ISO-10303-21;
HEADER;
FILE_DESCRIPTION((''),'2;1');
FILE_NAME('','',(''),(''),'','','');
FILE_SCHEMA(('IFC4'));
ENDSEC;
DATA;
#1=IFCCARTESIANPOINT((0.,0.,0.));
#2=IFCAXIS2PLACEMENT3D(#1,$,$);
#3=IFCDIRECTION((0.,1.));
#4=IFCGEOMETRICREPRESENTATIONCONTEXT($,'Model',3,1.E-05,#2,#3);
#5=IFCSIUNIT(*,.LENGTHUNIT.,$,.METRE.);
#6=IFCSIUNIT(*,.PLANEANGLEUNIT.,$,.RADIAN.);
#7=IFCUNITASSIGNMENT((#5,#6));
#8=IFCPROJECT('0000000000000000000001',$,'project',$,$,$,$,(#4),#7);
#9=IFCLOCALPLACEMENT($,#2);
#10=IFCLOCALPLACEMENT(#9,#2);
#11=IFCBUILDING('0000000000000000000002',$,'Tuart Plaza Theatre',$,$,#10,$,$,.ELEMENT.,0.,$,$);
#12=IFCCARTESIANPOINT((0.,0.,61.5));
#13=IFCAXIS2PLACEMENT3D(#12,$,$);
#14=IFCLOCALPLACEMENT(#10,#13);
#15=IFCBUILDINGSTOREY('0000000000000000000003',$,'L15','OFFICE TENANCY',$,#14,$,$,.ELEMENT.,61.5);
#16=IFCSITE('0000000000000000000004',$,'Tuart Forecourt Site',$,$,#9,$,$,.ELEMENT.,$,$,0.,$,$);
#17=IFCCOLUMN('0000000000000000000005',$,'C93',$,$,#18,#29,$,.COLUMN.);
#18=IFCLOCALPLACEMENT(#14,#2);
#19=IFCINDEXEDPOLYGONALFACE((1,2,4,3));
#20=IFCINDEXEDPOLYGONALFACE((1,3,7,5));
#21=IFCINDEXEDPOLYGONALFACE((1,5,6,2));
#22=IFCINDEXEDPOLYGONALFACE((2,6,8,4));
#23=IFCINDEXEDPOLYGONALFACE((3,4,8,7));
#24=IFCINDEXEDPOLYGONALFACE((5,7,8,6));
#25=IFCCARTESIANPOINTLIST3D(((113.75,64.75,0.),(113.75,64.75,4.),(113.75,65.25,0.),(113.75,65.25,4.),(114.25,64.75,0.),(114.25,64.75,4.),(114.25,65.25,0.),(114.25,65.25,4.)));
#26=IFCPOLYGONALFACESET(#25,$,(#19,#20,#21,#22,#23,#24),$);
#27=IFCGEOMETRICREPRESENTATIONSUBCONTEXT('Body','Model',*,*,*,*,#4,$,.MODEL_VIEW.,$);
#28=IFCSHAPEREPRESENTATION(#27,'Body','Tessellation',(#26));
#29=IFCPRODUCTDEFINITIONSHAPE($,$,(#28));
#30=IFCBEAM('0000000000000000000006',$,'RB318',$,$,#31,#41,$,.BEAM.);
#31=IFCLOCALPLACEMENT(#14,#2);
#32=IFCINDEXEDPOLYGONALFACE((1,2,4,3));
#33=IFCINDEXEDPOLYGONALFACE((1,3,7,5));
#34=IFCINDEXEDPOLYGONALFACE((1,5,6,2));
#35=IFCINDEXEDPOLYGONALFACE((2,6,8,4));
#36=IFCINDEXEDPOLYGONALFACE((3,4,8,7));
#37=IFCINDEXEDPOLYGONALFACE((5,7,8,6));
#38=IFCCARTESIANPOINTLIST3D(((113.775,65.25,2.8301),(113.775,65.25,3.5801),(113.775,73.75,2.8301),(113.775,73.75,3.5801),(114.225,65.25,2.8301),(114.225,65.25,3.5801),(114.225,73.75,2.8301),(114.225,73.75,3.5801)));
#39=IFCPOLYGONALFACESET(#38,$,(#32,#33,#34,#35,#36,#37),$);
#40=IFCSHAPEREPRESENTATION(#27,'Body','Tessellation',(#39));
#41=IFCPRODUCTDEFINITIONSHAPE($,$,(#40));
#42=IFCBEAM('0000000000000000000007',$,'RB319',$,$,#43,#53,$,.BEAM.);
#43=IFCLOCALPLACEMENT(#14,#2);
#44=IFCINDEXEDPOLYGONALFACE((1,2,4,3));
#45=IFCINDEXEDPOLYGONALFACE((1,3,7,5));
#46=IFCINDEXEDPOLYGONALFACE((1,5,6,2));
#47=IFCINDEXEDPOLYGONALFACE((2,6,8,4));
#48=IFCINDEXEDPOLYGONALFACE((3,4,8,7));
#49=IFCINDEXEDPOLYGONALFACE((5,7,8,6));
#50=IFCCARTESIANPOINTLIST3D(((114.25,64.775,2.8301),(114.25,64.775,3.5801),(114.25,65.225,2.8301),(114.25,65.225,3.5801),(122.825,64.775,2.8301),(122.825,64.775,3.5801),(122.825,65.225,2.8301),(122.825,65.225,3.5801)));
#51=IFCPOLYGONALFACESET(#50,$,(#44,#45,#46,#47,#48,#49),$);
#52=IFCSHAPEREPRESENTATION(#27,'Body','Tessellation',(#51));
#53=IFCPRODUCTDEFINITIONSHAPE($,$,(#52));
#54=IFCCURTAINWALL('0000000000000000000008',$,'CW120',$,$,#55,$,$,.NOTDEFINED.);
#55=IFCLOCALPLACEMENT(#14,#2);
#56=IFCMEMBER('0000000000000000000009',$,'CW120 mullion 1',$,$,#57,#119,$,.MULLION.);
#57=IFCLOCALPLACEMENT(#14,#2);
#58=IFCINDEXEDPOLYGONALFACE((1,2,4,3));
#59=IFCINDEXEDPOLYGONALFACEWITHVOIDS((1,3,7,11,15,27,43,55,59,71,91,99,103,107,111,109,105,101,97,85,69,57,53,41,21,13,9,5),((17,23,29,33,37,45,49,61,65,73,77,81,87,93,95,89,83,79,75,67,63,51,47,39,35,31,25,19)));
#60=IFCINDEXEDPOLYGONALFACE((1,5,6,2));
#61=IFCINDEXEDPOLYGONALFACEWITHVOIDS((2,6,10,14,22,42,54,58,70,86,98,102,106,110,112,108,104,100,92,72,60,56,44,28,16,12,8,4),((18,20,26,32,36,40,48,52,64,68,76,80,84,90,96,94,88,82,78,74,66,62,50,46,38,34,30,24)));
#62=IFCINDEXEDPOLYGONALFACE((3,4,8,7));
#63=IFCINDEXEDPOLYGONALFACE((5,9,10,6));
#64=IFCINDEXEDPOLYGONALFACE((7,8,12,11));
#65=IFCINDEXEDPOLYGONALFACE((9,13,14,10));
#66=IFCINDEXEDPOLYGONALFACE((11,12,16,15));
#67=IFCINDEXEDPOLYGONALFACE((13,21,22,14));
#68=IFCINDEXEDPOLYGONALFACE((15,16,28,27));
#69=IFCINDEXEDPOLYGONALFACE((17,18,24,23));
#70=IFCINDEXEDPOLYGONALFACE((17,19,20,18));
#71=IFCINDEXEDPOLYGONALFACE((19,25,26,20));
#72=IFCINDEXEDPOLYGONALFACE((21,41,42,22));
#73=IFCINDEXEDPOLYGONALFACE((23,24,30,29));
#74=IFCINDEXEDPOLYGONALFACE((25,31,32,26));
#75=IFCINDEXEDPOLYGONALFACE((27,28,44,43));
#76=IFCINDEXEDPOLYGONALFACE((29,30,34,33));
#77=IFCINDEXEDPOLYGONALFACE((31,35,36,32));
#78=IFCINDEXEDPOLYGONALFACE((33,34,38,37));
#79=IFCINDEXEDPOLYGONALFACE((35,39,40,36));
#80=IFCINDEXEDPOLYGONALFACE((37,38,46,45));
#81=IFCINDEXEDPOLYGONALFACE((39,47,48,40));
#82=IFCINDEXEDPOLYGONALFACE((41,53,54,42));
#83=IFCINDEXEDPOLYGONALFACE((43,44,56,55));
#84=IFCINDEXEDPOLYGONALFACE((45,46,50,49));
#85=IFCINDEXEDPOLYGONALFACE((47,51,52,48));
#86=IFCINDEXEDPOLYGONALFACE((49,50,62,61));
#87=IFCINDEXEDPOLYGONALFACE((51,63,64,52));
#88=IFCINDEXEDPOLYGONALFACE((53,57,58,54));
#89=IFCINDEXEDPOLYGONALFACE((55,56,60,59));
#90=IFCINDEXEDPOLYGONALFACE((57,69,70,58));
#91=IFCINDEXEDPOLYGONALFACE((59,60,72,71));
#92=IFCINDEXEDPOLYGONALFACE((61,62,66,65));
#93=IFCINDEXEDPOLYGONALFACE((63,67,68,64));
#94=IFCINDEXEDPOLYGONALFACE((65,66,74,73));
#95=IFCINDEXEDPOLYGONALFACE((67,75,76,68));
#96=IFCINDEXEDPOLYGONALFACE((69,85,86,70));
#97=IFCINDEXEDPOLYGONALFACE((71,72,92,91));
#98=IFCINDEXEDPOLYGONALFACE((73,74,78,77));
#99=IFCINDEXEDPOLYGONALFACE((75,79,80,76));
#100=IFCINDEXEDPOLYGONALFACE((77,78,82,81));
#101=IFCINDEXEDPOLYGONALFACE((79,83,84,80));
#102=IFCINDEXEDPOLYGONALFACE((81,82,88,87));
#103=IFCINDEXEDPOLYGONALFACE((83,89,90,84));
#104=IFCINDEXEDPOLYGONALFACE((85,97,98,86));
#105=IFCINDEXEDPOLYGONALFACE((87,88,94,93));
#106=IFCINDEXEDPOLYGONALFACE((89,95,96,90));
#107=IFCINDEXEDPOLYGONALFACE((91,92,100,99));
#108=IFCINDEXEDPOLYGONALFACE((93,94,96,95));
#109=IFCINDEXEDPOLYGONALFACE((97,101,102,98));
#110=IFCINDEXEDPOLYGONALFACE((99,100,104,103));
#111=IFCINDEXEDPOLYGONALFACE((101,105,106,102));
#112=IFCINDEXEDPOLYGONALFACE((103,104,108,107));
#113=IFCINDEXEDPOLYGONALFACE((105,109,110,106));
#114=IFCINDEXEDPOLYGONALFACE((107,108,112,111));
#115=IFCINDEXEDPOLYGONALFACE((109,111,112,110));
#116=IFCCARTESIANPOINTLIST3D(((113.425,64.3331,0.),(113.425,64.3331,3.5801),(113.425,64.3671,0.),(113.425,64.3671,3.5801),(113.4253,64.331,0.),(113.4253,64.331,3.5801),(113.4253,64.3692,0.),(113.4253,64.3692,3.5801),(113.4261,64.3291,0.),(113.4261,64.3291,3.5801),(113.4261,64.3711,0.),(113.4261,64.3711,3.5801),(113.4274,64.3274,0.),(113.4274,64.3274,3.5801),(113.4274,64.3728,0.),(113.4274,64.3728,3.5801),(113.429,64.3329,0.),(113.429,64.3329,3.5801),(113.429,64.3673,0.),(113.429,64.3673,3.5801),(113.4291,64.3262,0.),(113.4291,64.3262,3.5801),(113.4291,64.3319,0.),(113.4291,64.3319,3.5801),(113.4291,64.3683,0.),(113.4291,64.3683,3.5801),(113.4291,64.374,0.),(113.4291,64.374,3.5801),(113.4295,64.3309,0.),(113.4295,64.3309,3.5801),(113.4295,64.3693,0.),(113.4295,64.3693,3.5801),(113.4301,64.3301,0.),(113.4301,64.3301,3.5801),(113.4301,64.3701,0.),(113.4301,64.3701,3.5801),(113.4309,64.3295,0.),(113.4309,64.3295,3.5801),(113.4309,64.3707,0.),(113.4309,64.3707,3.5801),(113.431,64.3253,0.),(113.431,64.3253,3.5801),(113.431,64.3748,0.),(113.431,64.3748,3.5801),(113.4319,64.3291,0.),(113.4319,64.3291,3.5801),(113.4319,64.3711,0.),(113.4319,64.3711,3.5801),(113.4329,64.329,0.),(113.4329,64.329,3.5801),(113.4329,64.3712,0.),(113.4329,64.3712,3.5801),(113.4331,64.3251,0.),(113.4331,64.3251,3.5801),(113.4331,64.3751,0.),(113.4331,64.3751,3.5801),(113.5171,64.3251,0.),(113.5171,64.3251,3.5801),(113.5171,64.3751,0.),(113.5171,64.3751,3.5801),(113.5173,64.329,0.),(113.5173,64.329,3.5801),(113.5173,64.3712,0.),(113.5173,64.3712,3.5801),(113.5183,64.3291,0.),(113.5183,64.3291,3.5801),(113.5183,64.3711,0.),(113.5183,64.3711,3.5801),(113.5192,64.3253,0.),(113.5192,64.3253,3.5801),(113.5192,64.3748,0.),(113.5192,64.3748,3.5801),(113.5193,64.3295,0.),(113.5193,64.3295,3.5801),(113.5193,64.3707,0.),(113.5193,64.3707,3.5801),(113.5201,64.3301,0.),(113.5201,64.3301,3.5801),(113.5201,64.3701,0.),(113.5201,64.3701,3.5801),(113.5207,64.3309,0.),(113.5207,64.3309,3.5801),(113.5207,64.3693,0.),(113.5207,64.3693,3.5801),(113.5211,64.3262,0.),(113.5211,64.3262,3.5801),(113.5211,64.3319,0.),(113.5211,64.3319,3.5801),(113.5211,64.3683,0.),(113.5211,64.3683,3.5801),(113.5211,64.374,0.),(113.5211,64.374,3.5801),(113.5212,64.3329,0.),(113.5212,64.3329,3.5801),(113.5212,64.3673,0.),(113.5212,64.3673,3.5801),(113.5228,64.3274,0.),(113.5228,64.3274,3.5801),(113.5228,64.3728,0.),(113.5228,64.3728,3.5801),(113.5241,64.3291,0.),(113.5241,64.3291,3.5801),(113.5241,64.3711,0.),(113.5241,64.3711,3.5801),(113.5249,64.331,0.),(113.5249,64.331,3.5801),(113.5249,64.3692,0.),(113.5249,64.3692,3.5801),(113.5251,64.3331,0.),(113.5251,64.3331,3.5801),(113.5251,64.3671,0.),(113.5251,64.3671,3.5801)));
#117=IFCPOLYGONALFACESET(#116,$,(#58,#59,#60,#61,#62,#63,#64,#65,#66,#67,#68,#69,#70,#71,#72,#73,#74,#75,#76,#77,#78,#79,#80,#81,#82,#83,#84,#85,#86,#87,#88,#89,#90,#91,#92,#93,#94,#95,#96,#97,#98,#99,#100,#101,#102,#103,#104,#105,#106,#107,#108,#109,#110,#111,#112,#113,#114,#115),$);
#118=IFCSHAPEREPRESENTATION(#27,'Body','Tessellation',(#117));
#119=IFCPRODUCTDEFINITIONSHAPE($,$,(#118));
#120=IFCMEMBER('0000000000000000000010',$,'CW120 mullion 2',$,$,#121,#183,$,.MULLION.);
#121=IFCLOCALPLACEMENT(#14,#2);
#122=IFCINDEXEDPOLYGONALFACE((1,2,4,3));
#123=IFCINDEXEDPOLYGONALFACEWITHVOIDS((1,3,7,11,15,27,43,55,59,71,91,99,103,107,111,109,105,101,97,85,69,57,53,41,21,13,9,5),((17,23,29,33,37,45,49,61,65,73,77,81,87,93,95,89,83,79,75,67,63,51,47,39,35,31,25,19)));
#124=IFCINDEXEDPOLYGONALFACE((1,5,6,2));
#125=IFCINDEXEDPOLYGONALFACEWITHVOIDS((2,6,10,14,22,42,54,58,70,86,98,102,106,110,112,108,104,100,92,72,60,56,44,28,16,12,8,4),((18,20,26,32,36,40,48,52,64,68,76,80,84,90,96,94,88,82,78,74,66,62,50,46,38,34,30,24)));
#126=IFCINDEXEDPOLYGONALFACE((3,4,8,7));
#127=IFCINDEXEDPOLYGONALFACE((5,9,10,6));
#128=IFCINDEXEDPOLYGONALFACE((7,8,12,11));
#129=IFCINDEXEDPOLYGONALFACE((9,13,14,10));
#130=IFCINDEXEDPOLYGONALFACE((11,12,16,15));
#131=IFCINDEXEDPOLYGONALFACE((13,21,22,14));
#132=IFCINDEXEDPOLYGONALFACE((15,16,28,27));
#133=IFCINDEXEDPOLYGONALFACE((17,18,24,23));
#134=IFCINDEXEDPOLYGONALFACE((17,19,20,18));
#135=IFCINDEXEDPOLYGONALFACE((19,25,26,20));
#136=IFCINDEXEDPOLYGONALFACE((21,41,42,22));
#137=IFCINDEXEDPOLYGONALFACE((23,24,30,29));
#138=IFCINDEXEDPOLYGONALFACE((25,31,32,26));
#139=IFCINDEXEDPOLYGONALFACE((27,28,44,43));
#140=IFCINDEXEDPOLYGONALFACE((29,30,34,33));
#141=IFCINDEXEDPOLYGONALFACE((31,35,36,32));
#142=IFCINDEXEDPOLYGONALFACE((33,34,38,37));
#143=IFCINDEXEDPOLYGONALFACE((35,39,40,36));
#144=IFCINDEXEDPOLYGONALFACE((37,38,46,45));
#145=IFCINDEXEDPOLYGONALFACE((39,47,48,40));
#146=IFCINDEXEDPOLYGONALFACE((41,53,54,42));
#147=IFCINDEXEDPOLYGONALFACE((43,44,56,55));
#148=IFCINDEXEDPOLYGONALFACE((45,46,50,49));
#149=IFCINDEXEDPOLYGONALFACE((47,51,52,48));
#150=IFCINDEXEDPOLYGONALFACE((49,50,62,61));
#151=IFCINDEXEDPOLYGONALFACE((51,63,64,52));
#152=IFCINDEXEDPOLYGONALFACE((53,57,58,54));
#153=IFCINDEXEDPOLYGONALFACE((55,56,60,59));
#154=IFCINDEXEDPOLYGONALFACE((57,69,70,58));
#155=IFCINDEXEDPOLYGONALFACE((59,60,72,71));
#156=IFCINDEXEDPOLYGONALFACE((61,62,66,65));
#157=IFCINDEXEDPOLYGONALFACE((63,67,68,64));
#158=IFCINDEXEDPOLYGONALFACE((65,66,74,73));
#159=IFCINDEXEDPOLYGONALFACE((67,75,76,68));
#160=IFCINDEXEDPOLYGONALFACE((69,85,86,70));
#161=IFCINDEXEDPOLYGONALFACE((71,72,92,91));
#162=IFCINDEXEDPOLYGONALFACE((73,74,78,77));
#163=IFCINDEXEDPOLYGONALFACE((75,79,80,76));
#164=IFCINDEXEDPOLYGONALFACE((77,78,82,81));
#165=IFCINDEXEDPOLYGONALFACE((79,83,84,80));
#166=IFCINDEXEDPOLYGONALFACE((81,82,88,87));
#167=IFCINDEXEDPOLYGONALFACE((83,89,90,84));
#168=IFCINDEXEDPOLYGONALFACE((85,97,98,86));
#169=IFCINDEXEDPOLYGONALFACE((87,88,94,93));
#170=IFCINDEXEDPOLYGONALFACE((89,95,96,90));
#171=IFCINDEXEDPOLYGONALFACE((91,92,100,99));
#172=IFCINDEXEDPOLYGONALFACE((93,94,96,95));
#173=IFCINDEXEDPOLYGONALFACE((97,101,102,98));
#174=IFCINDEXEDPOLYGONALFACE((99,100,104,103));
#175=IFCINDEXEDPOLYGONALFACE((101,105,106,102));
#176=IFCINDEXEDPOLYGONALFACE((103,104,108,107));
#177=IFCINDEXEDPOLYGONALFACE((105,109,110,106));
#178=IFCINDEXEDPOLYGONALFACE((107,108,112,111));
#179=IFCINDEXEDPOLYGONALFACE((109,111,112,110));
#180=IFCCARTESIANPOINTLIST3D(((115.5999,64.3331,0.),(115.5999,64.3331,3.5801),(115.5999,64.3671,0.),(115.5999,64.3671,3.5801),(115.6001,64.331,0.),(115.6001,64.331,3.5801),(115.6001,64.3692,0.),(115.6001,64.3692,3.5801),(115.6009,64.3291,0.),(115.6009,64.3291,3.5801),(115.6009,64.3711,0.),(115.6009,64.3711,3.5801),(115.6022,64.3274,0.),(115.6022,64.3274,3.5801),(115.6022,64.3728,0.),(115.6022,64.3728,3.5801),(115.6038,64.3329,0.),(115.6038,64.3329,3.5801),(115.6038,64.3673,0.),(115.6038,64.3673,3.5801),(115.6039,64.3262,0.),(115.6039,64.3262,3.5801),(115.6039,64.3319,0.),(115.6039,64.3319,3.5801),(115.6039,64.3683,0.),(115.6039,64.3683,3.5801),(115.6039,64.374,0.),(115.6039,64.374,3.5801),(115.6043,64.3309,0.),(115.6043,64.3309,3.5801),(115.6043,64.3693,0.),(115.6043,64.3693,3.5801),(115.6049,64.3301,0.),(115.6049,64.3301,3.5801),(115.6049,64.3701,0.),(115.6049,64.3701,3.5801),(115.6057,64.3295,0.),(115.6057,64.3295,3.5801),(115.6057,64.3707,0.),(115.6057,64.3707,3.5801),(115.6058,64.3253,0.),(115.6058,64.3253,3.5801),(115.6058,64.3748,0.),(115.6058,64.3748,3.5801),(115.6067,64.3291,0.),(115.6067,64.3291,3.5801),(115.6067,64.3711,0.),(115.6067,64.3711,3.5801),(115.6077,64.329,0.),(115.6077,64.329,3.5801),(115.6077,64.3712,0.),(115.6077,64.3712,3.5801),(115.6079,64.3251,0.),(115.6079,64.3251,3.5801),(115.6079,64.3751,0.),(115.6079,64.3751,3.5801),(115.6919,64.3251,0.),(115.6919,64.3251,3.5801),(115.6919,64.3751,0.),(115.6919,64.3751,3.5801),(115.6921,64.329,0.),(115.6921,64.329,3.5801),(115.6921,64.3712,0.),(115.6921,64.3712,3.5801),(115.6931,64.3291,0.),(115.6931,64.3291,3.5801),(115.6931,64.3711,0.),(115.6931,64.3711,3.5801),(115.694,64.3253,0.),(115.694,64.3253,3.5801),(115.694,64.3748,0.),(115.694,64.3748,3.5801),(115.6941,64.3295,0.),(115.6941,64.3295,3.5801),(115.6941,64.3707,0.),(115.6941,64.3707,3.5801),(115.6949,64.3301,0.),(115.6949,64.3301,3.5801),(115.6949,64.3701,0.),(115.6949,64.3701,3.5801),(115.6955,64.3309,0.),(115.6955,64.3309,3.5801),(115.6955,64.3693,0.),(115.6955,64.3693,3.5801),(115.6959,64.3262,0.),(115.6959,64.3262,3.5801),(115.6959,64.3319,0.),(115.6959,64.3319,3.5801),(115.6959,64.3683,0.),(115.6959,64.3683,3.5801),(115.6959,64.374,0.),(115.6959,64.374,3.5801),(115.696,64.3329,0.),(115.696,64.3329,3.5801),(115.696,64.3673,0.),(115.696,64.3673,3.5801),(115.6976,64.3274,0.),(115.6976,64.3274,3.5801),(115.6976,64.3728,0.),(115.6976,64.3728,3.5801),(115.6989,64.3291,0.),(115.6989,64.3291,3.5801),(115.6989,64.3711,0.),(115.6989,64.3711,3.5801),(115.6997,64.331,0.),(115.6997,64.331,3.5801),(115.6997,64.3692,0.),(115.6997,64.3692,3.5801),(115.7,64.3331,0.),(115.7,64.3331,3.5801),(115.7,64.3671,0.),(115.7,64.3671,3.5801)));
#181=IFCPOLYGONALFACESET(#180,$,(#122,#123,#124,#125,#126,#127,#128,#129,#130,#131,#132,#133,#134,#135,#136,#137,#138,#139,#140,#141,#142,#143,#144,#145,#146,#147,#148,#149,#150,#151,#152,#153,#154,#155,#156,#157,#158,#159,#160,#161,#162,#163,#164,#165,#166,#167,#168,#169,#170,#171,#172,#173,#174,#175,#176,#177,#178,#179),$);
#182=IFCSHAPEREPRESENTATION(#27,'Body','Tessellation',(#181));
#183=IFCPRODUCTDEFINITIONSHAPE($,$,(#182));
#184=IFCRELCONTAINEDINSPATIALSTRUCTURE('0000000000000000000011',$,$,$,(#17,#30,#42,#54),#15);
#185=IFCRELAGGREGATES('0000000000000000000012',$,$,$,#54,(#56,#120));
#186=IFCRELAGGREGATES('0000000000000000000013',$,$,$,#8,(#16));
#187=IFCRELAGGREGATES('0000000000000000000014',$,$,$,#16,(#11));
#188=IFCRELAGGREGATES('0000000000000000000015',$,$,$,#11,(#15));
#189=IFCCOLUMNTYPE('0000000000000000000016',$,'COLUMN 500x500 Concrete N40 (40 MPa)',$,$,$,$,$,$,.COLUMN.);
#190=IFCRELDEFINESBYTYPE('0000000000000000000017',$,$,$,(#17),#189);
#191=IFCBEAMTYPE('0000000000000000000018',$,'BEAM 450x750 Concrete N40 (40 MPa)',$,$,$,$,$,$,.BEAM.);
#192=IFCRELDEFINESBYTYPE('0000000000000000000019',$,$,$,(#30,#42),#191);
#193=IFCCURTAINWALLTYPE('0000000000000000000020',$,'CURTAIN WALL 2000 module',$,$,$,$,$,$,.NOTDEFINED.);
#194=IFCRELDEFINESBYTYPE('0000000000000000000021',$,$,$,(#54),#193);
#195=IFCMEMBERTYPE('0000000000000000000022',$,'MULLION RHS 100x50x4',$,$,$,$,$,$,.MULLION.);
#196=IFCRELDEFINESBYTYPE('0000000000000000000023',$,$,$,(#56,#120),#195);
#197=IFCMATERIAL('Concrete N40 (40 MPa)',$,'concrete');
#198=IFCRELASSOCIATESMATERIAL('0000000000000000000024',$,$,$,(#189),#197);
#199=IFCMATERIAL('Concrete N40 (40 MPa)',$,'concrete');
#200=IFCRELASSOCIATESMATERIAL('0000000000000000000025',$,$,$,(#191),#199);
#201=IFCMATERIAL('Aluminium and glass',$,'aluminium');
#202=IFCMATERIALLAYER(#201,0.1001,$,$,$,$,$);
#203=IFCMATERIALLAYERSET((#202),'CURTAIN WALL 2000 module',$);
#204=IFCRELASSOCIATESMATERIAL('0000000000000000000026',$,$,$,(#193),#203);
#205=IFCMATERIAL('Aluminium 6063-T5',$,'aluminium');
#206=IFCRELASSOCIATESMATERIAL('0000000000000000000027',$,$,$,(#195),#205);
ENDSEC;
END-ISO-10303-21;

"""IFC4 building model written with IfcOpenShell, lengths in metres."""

from ifc_helpers import new_model, si_unit, direction, frame, origin, origin_2d, place, context, subcontext, project, spatial, rectangle, hollow_rectangle, extrude, material, layer, layer_set, material_profile, profile_set, type_object, element, aggregate, save


model = new_model("IFC4")

# Units and contexts
model_context = context("Model", 3, precision=1e-05, world=origin(), true_north=direction((0.0, 1.0)))
body_context = subcontext(model_context, "Body", "Model", "MODEL_VIEW")
ifc_project = project(units=[si_unit("LENGTHUNIT", "METRE"), si_unit("PLANEANGLEUNIT", "RADIAN")], contexts=[model_context])

# Site, building, storey
site_placement = place(None, origin())
site = spatial("IfcSite", under=ifc_project, at=site_placement, Name="Tuart Forecourt Site", CompositionType="ELEMENT", RefElevation=0.0)
building_placement = place(site_placement, origin())
building = spatial("IfcBuilding", under=site, at=building_placement, Name="Tuart Plaza Theatre", CompositionType="ELEMENT", ElevationOfRefHeight=0.0)
storey_placement = place(building_placement, frame((0.0, 0.0, 61.5)))
storey = spatial("IfcBuildingStorey", under=building, at=storey_placement, Name="L15", Description="OFFICE TENANCY", CompositionType="ELEMENT", Elevation=61.5)

# Column
ifc_material_1 = material(Name="Concrete N40 (40 MPa)", Category="concrete")
ifc_material_profile_1 = material_profile(ifc_material_1, rectangle(XDim=0.5, YDim=0.5, at=origin_2d()), Name="COLUMN 500x500 Concrete N40 (40 MPa)")
ifc_profile_set_1 = profile_set([ifc_material_profile_1], Name="Concrete N40 (40 MPa)")
column_type = type_object("IfcColumnType", Name="COLUMN 500x500 Concrete N40 (40 MPa)", PredefinedType="COLUMN", material=ifc_profile_set_1)
column_placement = place(storey_placement, frame((114.0, 65.0, 0.0), z_axis=(0.0, 0.0, 1.0), x_axis=(1.0, 0.0, 0.0)))
element("IfcColumn", 1, at=column_placement, inside=storey, type_object=column_type, Name="C93", PredefinedType="COLUMN", context=body_context, shape_type="SweptSolid", body=[
    extrude(rectangle(XDim=0.5, YDim=0.5, at=origin_2d()), origin(), (0.0, 0.0, 1.0), 4.0),
])

# Beams
ifc_material_2 = material(Name="Concrete N40 (40 MPa)", Category="concrete")
ifc_material_profile_2 = material_profile(ifc_material_2, rectangle(XDim=0.45, YDim=0.75, at=origin_2d()), Name="BEAM 450x750 Concrete N40 (40 MPa)")
ifc_profile_set_2 = profile_set([ifc_material_profile_2], Name="Concrete N40 (40 MPa)")
beam_type = type_object("IfcBeamType", Name="BEAM 450x750 Concrete N40 (40 MPa)", PredefinedType="BEAM", material=ifc_profile_set_2)
beam_1_placement = place(storey_placement, frame((114.0, 65.25, 3.2051), z_axis=(0.0, 1.0, 0.0), x_axis=(-1.0, 0.0, 0.0)))
element("IfcBeam", 2, at=beam_1_placement, inside=storey, type_object=beam_type, Name="RB318", PredefinedType="BEAM", context=body_context, shape_type="SweptSolid", body=[
    extrude(rectangle(XDim=0.45, YDim=0.75, at=origin_2d()), origin(), (0.0, 0.0, 1.0), 8.5),
])
beam_2_placement = place(storey_placement, frame((114.25, 65.0, 3.2051), z_axis=(1.0, 0.0, 0.0), x_axis=(0.0, 1.0, 0.0)))
element("IfcBeam", 3, at=beam_2_placement, inside=storey, type_object=beam_type, Name="RB319", PredefinedType="BEAM", context=body_context, shape_type="SweptSolid", body=[
    extrude(rectangle(XDim=0.45, YDim=0.75, at=origin_2d()), origin(), (0.0, 0.0, 1.0), 8.575),
])

# Curtain wall, members
ifc_material_3 = material(Name="Aluminium and glass", Category="aluminium")
ifc_layer_1 = layer(ifc_material_3, 0.1001)
ifc_layer_set_1 = layer_set([ifc_layer_1], Name="CURTAIN WALL 2000 module")
curtain_wall_type_1 = type_object("IfcCurtainWallType", Name="CURTAIN WALL 2000 module", PredefinedType="NOTDEFINED", material=ifc_layer_set_1)
curtain_wall_1_placement = place(storey_placement, origin())
curtain_wall_1 = element("IfcCurtainWall", 4, at=curtain_wall_1_placement, inside=storey, type_object=curtain_wall_type_1, Name="CW120", PredefinedType="NOTDEFINED")
ifc_material_4 = material(Name="Aluminium 6063-T5", Category="aluminium")
ifc_material_profile_3 = material_profile(ifc_material_4, hollow_rectangle(XDim=0.05, YDim=0.1001, WallThickness=0.0039, InnerFilletRadius=0.0039, OuterFilletRadius=0.0081, at=origin_2d()), Name="RHS 100x50x4")
ifc_profile_set_3 = profile_set([ifc_material_profile_3], Name="Aluminium 6063-T5")
member_type_1 = type_object("IfcMemberType", Name="MULLION RHS 100x50x4", PredefinedType="MULLION", material=ifc_profile_set_3)
member_1_placement = place(storey_placement, frame((113.4751, 64.3501, 0.0), z_axis=(0.0, 0.0, 1.0), x_axis=(0.0, 1.0, 0.0)))
member_1 = element("IfcMember", 5, at=member_1_placement, type_object=member_type_1, Name="CW120 mullion 1", PredefinedType="MULLION", context=body_context, shape_type="SweptSolid", body=[
    extrude(hollow_rectangle(XDim=0.05, YDim=0.1001, WallThickness=0.0039, InnerFilletRadius=0.0039, OuterFilletRadius=0.0081, at=origin_2d()), origin(), (0.0, 0.0, 1.0), 3.5801),
])
member_2_placement = place(storey_placement, frame((115.6499, 64.3501, 0.0), z_axis=(0.0, 0.0, 1.0), x_axis=(0.0, 1.0, 0.0)))
member_2 = element("IfcMember", 6, at=member_2_placement, type_object=member_type_1, Name="CW120 mullion 2", PredefinedType="MULLION", context=body_context, shape_type="SweptSolid", body=[
    extrude(hollow_rectangle(XDim=0.05, YDim=0.1001, WallThickness=0.0039, InnerFilletRadius=0.0039, OuterFilletRadius=0.0081, at=origin_2d()), origin(), (0.0, 0.0, 1.0), 3.5801),
])

aggregate(curtain_wall_1, [member_1, member_2])

save(model, "model.ifc")
